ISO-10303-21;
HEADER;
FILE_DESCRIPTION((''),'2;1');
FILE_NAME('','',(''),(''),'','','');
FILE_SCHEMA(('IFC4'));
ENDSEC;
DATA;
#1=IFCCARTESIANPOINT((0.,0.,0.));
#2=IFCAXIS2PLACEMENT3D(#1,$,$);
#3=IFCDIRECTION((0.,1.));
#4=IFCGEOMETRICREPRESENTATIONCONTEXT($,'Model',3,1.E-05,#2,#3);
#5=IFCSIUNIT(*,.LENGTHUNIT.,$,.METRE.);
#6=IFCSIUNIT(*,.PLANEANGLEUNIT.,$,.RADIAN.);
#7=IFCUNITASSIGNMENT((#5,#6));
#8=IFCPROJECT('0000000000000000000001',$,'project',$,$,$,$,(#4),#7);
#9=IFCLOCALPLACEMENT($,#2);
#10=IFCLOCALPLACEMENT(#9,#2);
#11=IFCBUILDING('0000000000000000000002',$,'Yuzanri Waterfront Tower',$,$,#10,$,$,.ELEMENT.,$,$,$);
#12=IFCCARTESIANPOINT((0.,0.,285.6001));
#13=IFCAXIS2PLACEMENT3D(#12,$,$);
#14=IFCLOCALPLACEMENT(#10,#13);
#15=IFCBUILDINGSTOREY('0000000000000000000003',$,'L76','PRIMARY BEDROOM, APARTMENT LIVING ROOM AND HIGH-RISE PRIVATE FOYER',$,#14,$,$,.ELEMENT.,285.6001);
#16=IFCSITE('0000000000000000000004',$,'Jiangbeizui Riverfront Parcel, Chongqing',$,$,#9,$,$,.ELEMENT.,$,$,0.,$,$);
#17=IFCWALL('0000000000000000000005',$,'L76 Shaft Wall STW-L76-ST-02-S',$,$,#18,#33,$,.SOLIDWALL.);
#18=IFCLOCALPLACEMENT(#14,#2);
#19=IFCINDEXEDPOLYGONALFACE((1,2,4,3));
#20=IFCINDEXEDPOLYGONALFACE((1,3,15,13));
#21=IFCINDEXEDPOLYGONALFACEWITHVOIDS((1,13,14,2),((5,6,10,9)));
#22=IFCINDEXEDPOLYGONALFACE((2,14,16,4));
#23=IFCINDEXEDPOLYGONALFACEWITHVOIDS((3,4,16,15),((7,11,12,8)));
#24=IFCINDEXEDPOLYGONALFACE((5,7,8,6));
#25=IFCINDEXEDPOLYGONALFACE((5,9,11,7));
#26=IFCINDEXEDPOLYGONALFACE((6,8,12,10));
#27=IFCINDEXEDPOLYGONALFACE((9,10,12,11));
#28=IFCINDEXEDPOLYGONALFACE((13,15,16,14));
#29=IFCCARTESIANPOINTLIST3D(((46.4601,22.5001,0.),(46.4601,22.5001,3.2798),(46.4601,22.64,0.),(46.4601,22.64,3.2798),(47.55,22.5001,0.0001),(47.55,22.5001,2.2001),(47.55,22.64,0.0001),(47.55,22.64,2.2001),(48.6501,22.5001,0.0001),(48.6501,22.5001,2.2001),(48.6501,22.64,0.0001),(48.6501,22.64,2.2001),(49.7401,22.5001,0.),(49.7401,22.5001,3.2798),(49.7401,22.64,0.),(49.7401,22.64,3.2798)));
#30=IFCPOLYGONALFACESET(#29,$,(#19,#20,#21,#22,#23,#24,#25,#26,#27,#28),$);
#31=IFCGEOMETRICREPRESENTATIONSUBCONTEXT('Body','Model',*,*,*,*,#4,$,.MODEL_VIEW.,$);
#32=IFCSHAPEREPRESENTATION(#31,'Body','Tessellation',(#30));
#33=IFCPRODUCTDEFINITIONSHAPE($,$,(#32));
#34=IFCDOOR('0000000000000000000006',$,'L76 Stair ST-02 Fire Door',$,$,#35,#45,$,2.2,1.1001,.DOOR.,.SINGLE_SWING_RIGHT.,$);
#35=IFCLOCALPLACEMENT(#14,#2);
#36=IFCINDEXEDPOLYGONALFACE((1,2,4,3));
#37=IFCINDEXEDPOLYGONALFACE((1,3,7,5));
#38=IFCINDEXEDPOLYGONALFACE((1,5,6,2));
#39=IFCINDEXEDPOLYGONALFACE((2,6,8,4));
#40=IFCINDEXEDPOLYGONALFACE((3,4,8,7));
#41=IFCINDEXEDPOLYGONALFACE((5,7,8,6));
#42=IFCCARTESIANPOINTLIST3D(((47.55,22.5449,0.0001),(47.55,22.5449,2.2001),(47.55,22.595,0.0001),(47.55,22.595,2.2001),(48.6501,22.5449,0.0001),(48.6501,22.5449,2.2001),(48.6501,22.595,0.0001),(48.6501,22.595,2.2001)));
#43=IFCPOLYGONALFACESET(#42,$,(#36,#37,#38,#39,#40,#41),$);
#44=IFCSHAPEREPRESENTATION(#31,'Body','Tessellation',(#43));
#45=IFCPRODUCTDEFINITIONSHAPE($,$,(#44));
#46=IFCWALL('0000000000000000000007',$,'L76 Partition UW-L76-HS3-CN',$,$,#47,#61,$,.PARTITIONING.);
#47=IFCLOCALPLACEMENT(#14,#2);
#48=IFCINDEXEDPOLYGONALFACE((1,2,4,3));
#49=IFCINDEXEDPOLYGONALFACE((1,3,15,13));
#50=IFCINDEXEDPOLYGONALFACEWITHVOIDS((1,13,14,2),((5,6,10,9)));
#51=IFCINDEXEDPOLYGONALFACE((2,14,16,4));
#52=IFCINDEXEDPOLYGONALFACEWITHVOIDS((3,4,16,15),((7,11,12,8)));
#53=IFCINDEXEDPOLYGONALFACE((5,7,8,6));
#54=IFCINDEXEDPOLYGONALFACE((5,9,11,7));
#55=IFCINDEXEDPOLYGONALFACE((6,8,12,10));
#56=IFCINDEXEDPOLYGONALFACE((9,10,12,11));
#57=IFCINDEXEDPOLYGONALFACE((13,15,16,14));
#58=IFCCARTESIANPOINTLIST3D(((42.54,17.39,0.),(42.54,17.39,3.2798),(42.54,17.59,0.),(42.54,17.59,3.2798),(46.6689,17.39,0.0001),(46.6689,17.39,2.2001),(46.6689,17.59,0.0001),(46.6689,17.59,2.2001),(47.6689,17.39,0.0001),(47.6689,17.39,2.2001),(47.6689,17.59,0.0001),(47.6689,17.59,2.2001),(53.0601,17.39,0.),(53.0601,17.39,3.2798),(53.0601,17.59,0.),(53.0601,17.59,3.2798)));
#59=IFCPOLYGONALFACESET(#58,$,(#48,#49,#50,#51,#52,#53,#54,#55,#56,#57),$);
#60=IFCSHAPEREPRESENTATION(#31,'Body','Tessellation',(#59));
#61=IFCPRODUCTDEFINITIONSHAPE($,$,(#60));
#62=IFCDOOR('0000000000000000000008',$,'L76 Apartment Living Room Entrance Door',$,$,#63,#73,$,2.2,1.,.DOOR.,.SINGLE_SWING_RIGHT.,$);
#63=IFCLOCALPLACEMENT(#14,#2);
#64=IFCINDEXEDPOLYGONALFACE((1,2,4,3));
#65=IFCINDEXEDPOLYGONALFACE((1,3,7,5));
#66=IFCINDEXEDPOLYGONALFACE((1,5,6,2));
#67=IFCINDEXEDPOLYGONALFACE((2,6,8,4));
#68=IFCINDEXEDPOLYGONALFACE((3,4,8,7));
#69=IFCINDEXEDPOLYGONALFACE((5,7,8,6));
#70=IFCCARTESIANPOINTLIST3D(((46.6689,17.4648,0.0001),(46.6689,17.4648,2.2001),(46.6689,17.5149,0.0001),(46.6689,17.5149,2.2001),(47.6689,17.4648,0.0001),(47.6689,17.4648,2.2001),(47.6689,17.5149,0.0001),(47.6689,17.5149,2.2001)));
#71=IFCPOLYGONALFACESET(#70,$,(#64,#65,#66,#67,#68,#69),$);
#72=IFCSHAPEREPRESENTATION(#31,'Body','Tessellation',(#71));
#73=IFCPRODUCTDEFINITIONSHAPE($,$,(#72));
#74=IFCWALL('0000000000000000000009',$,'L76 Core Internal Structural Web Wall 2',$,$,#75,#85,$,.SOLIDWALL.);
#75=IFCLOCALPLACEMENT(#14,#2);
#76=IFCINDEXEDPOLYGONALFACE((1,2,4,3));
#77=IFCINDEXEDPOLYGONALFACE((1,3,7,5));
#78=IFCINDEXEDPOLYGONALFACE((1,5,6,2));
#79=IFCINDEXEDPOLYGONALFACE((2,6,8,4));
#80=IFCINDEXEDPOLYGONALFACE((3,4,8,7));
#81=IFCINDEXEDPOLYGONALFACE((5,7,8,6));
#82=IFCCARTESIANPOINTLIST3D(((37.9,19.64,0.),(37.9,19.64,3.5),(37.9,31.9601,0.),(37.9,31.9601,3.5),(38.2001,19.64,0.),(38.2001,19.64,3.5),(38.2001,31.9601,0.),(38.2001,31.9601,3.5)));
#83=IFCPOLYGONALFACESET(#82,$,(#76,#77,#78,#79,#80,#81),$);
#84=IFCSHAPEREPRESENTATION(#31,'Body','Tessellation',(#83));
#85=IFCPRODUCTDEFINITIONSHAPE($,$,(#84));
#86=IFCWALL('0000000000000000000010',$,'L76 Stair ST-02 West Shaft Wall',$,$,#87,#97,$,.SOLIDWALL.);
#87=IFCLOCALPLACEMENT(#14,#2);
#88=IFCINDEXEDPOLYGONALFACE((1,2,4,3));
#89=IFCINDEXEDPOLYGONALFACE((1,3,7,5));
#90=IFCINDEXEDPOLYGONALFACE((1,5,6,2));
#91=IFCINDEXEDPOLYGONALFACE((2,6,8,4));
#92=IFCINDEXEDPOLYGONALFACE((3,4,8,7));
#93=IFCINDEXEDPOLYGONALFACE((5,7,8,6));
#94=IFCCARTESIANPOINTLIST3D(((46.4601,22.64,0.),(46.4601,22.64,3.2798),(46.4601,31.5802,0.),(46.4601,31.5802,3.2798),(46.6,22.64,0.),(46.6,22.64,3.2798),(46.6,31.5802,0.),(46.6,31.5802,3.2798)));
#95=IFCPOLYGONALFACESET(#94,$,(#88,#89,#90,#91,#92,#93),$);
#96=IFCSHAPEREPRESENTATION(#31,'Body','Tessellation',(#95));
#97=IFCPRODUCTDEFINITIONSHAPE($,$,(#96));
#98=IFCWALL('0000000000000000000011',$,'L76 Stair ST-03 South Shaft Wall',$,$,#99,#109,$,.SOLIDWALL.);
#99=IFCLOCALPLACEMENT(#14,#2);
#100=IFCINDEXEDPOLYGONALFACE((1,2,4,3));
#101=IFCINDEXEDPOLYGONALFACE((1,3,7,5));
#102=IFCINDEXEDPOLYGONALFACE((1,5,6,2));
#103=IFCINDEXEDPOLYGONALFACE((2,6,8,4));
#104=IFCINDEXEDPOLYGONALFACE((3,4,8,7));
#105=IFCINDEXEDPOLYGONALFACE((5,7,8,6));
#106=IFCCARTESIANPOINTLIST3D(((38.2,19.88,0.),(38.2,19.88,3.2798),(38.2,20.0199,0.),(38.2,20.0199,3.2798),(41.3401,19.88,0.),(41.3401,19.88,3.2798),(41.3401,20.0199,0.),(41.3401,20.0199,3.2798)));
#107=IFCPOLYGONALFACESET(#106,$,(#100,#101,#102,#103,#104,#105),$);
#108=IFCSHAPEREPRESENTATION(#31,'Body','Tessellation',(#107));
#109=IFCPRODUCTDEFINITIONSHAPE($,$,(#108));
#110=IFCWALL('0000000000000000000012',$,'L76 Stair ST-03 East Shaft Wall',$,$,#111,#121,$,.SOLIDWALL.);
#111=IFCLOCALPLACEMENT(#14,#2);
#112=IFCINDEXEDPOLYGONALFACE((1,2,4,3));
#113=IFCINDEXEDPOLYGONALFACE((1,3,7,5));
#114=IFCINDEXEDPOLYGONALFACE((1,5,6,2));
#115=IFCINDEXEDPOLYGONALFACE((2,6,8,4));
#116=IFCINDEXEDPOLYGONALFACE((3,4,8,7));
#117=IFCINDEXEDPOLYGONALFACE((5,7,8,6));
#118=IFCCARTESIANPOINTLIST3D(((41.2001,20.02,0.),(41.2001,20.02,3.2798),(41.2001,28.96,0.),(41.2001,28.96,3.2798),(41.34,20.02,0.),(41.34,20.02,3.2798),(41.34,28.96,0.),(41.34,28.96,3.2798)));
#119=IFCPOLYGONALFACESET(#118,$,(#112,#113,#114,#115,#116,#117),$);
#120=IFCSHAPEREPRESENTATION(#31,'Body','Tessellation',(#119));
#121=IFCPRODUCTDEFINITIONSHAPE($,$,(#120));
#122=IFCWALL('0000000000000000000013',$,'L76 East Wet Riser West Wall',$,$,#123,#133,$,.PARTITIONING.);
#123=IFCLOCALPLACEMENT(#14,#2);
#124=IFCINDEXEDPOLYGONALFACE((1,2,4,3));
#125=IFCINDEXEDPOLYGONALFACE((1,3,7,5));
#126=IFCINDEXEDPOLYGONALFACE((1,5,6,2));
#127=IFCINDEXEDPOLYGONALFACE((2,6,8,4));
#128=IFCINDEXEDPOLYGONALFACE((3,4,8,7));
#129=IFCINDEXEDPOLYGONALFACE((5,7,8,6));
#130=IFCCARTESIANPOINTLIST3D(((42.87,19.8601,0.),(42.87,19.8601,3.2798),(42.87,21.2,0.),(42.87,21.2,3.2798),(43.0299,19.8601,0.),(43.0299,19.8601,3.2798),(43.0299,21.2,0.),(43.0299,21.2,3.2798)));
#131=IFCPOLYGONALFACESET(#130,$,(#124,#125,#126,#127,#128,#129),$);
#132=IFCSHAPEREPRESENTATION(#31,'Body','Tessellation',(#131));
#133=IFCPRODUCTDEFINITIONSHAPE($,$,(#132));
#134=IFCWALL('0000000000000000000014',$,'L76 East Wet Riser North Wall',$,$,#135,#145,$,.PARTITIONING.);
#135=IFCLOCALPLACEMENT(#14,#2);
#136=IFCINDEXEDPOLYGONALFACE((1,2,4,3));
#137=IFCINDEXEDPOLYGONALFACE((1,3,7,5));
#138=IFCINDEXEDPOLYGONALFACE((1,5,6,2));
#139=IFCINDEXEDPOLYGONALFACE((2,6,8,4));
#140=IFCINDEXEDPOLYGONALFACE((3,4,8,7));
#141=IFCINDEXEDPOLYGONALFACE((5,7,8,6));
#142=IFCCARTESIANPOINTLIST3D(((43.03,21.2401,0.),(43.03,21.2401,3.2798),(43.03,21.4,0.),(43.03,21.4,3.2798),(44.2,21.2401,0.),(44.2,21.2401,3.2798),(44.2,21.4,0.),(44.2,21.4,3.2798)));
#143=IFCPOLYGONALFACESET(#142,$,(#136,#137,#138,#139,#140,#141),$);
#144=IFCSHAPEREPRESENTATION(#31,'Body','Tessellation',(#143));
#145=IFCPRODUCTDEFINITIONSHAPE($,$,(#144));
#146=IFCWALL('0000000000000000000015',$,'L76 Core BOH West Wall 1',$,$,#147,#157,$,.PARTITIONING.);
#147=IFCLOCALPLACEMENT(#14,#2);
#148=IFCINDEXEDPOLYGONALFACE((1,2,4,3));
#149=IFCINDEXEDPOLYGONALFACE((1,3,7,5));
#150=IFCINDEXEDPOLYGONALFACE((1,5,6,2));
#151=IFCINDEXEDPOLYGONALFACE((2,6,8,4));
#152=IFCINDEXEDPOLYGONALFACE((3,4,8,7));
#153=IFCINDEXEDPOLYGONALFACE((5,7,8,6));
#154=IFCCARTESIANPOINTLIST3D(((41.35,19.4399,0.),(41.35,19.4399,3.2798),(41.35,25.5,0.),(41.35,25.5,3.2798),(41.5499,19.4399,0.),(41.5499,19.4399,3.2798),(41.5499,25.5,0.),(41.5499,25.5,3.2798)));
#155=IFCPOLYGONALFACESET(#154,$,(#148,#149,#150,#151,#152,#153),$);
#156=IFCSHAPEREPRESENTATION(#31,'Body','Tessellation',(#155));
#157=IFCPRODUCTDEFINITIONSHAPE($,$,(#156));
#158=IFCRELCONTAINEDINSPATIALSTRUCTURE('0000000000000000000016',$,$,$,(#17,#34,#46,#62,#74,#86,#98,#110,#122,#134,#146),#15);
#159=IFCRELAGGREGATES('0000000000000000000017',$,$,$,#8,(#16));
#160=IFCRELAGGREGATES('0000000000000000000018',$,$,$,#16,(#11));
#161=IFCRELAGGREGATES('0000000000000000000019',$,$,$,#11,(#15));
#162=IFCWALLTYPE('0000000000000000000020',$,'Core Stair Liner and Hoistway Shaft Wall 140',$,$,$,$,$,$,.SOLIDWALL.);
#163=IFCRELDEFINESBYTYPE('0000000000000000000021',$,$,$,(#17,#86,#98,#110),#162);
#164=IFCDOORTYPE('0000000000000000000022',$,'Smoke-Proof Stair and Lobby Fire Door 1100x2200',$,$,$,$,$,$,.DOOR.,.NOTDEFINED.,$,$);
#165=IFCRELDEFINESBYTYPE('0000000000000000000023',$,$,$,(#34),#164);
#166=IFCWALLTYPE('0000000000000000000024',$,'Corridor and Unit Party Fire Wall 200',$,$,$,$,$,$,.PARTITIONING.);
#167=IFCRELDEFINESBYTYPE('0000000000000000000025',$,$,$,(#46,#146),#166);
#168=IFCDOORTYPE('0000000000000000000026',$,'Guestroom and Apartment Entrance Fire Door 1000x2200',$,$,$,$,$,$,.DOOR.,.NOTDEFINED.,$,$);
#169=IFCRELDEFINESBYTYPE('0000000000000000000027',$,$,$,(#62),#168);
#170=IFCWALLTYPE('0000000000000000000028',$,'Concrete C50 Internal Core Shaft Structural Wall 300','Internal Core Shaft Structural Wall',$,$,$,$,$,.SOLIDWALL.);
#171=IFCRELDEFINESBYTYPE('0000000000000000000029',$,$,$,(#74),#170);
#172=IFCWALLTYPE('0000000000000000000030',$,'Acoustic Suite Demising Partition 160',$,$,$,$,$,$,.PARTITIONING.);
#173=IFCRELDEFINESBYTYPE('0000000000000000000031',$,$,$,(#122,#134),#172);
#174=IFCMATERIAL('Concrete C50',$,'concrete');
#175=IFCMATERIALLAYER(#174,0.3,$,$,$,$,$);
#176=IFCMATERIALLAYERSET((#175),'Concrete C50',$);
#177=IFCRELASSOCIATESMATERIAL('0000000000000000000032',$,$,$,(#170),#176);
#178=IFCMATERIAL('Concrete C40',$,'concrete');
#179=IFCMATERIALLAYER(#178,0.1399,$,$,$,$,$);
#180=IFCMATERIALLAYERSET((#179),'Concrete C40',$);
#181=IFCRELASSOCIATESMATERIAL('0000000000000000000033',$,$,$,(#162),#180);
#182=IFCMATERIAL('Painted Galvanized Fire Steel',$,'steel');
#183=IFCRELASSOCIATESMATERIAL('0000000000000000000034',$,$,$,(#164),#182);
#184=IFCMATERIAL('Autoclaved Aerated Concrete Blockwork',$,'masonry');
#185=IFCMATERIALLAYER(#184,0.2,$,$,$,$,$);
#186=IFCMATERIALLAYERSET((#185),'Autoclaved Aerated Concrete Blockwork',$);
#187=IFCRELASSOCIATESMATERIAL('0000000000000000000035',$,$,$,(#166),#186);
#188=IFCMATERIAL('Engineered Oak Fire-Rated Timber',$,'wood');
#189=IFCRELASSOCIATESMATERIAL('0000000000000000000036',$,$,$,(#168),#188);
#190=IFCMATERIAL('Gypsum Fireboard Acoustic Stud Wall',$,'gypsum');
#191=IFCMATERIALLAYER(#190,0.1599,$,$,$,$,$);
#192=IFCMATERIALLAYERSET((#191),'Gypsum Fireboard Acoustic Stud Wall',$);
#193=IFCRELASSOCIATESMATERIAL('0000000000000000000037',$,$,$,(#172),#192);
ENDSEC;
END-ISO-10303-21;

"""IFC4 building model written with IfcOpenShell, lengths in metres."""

from ifc_helpers import new_model, si_unit, direction, frame, frame_2d, origin, place, context, subcontext, project, spatial, rectangle, extrude, source, transform, mapped, material, layer, layer_set, type_object, element, fill, save


model = new_model("IFC4")

# Units and contexts
model_context = context("Model", 3, precision=1e-05, world=origin(), true_north=direction((0.0, 1.0)))
body_context = subcontext(model_context, "Body", "Model", "MODEL_VIEW")
ifc_project = project(units=[si_unit("LENGTHUNIT", "METRE"), si_unit("PLANEANGLEUNIT", "RADIAN")], contexts=[model_context])

# Site, building, storey
site_placement = place(None, origin())
site = spatial("IfcSite", under=ifc_project, at=site_placement, Name="Jiangbeizui Riverfront Parcel, Chongqing", CompositionType="ELEMENT", RefElevation=0.0)
building_placement = place(site_placement, origin())
building = spatial("IfcBuilding", under=site, at=building_placement, Name="Yuzanri Waterfront Tower", CompositionType="ELEMENT")
storey_placement = place(building_placement, frame((0.0, 0.0, 285.6001)))
storey = spatial("IfcBuildingStorey", under=building, at=storey_placement, Name="L76", Description="PRIMARY BEDROOM, APARTMENT LIVING ROOM AND HIGH-RISE PRIVATE FOYER", CompositionType="ELEMENT", Elevation=285.6001)

# Shared definitions
ifc_material_1 = material(Name="Concrete C50", Category="concrete")
ifc_layer_1 = layer(ifc_material_1, 0.3)
ifc_layer_set_1 = layer_set([ifc_layer_1], Name="Concrete C50")
wall_type_1 = type_object("IfcWallType", Name="Concrete C50 Internal Core Shaft Structural Wall 300", Description="Internal Core Shaft Structural Wall", PredefinedType="SOLIDWALL", material=ifc_layer_set_1)

# Walls, openings, doors
ifc_material_2 = material(Name="Concrete C40", Category="concrete")
ifc_layer_2 = layer(ifc_material_2, 0.1399)
ifc_layer_set_2 = layer_set([ifc_layer_2], Name="Concrete C40")
wall_type_2 = type_object("IfcWallType", Name="Core Stair Liner and Hoistway Shaft Wall 140", PredefinedType="SOLIDWALL", material=ifc_layer_set_2)
wall_1_placement = place(storey_placement, frame((46.46, 22.5701, 0.0), z_axis=(0.0, 0.0, 1.0), x_axis=(1.0, 0.0, 0.0)))
wall_1 = element("IfcWall", 1, at=wall_1_placement, inside=storey, type_object=wall_type_2, Name="L76 Shaft Wall STW-L76-ST-02-S", PredefinedType="SOLIDWALL", context=body_context, shape_type="SweptSolid", body=[
    extrude(rectangle(XDim=3.28, YDim=0.1399, at=frame_2d((1.6401, 0.0))), origin(), (0.0, 0.0, 1.0), 3.2798),
])
opening_1_placement = place(wall_1_placement, frame((1.0901, 0.0, 0.0)))
opening_1 = element("IfcOpeningElement", 2, at=opening_1_placement, cuts=wall_1, PredefinedType="OPENING", context=body_context, shape_type="SweptSolid", body=[
    extrude(rectangle(XDim=1.1001, YDim=2.2, at=frame_2d((0.55, 1.1001))), frame((0.0, 0.085, 0.0), z_axis=(0.0, -1.0, 0.0), x_axis=(1.0, 0.0, 0.0)), (0.0, 0.0, 1.0), 0.1697),
])
ifc_material_3 = material(Name="Painted Galvanized Fire Steel", Category="steel")
door_type_1 = type_object("IfcDoorType", Name="Smoke-Proof Stair and Lobby Fire Door 1100x2200", OperationType="NOTDEFINED", PredefinedType="DOOR", material=ifc_material_3)
shared_shape_1 = source(origin(), body_context, "Body", "SweptSolid", [
    extrude(rectangle(XDim=1.1001, YDim=2.2, at=frame_2d((0.55, 1.1001))), frame((0.0, 0.0249, 0.0), z_axis=(0.0, -1.0, 0.0), x_axis=(1.0, 0.0, 0.0)), (0.0, 0.0, 1.0), 0.05),
])
door_1_placement = place(opening_1_placement, origin())
door_1 = element("IfcDoor", 3, at=door_1_placement, inside=storey, type_object=door_type_1, Name="L76 Stair ST-02 Fire Door", OperationType="SINGLE_SWING_RIGHT", OverallHeight=2.2, OverallWidth=1.1001, PredefinedType="DOOR", context=body_context, shape_type="MappedRepresentation", body=[
    mapped(shared_shape_1, transform((0.0, 0.0, 0.0), scale=1.0)),
])
fill(opening_1, door_1)
ifc_material_4 = material(Name="Autoclaved Aerated Concrete Blockwork", Category="masonry")
ifc_layer_3 = layer(ifc_material_4, 0.2)
ifc_layer_set_3 = layer_set([ifc_layer_3], Name="Autoclaved Aerated Concrete Blockwork")
wall_type_3 = type_object("IfcWallType", Name="Corridor and Unit Party Fire Wall 200", PredefinedType="PARTITIONING", material=ifc_layer_set_3)
wall_2_placement = place(storey_placement, frame((42.54, 17.49, 0.0), z_axis=(0.0, 0.0, 1.0), x_axis=(1.0, 0.0, 0.0)))
wall_2 = element("IfcWall", 4, at=wall_2_placement, inside=storey, type_object=wall_type_3, Name="L76 Partition UW-L76-HS3-CN", PredefinedType="PARTITIONING", context=body_context, shape_type="SweptSolid", body=[
    extrude(rectangle(XDim=10.52, YDim=0.2, at=frame_2d((5.26, 0.0))), origin(), (0.0, 0.0, 1.0), 3.2798),
])
opening_2_placement = place(wall_2_placement, frame((4.1289, 0.0, 0.0)))
opening_2 = element("IfcOpeningElement", 5, at=opening_2_placement, cuts=wall_2, PredefinedType="OPENING", context=body_context, shape_type="SweptSolid", body=[
    extrude(rectangle(XDim=1.0, YDim=2.2, at=frame_2d((0.5, 1.1001))), frame((0.0, 0.1147, 0.0), z_axis=(0.0, -1.0, 0.0), x_axis=(1.0, 0.0, 0.0)), (0.0, 0.0, 1.0), 0.2297),
])
ifc_material_5 = material(Name="Engineered Oak Fire-Rated Timber", Category="wood")
door_type_2 = type_object("IfcDoorType", Name="Guestroom and Apartment Entrance Fire Door 1000x2200", OperationType="NOTDEFINED", PredefinedType="DOOR", material=ifc_material_5)
shared_shape_2 = source(origin(), body_context, "Body", "SweptSolid", [
    extrude(rectangle(XDim=1.0, YDim=2.2, at=frame_2d((0.5, 1.1001))), frame((0.0, 0.0249, 0.0), z_axis=(0.0, -1.0, 0.0), x_axis=(1.0, 0.0, 0.0)), (0.0, 0.0, 1.0), 0.05),
])
door_2_placement = place(opening_2_placement, origin())
door_2 = element("IfcDoor", 6, at=door_2_placement, inside=storey, type_object=door_type_2, Name="L76 Apartment Living Room Entrance Door", OperationType="SINGLE_SWING_RIGHT", OverallHeight=2.2, OverallWidth=1.0, PredefinedType="DOOR", context=body_context, shape_type="MappedRepresentation", body=[
    mapped(shared_shape_2, transform((0.0, 0.0, 0.0), scale=1.0)),
])
fill(opening_2, door_2)

# Walls
shared_shape_3 = source(origin(), body_context, "Body", "SweptSolid", [
    extrude(rectangle(XDim=12.3201, YDim=0.3, at=frame_2d((6.1602, 0.0))), origin(), (0.0, 0.0, 1.0), 3.5),
])
wall_3_placement = place(storey_placement, frame((38.05, 19.6399, 0.0), z_axis=(0.0, 0.0, 1.0), x_axis=(0.0, 1.0, 0.0)))
element("IfcWall", 7, at=wall_3_placement, inside=storey, type_object=wall_type_1, Name="L76 Core Internal Structural Web Wall 2", PredefinedType="SOLIDWALL", context=body_context, shape_type="MappedRepresentation", body=[
    mapped(shared_shape_3, transform((0.0, 0.0, 0.0), scale=1.0)),
])
shared_shape_4 = source(origin(), body_context, "Body", "SweptSolid", [
    extrude(rectangle(XDim=8.9402, YDim=0.1399, at=frame_2d((4.4702, 0.0))), origin(), (0.0, 0.0, 1.0), 3.2798),
])
wall_4_placement = place(storey_placement, frame((46.53, 22.6399, 0.0), z_axis=(0.0, 0.0, 1.0), x_axis=(0.0, 1.0, 0.0)))
element("IfcWall", 8, at=wall_4_placement, inside=storey, type_object=wall_type_2, Name="L76 Stair ST-02 West Shaft Wall", PredefinedType="SOLIDWALL", context=body_context, shape_type="MappedRepresentation", body=[
    mapped(shared_shape_4, transform((0.0, 0.0, 0.0), scale=1.0)),
])
shared_shape_5 = source(origin(), body_context, "Body", "SweptSolid", [
    extrude(rectangle(XDim=3.1401, YDim=0.1399, at=frame_2d((1.5701, 0.0))), origin(), (0.0, 0.0, 1.0), 3.2798),
])
wall_5_placement = place(storey_placement, frame((38.2, 19.95, 0.0), z_axis=(0.0, 0.0, 1.0), x_axis=(1.0, 0.0, 0.0)))
element("IfcWall", 9, at=wall_5_placement, inside=storey, type_object=wall_type_2, Name="L76 Stair ST-03 South Shaft Wall", PredefinedType="SOLIDWALL", context=body_context, shape_type="MappedRepresentation", body=[
    mapped(shared_shape_5, transform((0.0, 0.0, 0.0), scale=1.0)),
])
shared_shape_6 = source(origin(), body_context, "Body", "SweptSolid", [
    extrude(rectangle(XDim=8.9399, YDim=0.1399, at=frame_2d((4.47, 0.0))), origin(), (0.0, 0.0, 1.0), 3.2798),
])
wall_6_placement = place(storey_placement, frame((41.27, 20.02, 0.0), z_axis=(0.0, 0.0, 1.0), x_axis=(0.0, 1.0, 0.0)))
element("IfcWall", 10, at=wall_6_placement, inside=storey, type_object=wall_type_2, Name="L76 Stair ST-03 East Shaft Wall", PredefinedType="SOLIDWALL", context=body_context, shape_type="MappedRepresentation", body=[
    mapped(shared_shape_6, transform((0.0, 0.0, 0.0), scale=1.0)),
])
ifc_material_6 = material(Name="Gypsum Fireboard Acoustic Stud Wall", Category="gypsum")
ifc_layer_4 = layer(ifc_material_6, 0.1599)
ifc_layer_set_4 = layer_set([ifc_layer_4], Name="Gypsum Fireboard Acoustic Stud Wall")
wall_type_4 = type_object("IfcWallType", Name="Acoustic Suite Demising Partition 160", PredefinedType="PARTITIONING", material=ifc_layer_set_4)
shared_shape_7 = source(origin(), body_context, "Body", "SweptSolid", [
    extrude(rectangle(XDim=1.3398, YDim=0.1599, at=frame_2d((0.6699, 0.0))), origin(), (0.0, 0.0, 1.0), 3.2798),
])
wall_7_placement = place(storey_placement, frame((42.95, 19.8601, 0.0), z_axis=(0.0, 0.0, 1.0), x_axis=(0.0, 1.0, 0.0)))
element("IfcWall", 11, at=wall_7_placement, inside=storey, type_object=wall_type_4, Name="L76 East Wet Riser West Wall", PredefinedType="PARTITIONING", context=body_context, shape_type="MappedRepresentation", body=[
    mapped(shared_shape_7, transform((0.0, 0.0, 0.0), scale=1.0)),
])
shared_shape_8 = source(origin(), body_context, "Body", "SweptSolid", [
    extrude(rectangle(XDim=1.1699, YDim=0.1599, at=frame_2d((0.585, 0.0))), origin(), (0.0, 0.0, 1.0), 3.2798),
])
wall_8_placement = place(storey_placement, frame((43.03, 21.3201, 0.0), z_axis=(0.0, 0.0, 1.0), x_axis=(1.0, 0.0, 0.0)))
element("IfcWall", 12, at=wall_8_placement, inside=storey, type_object=wall_type_4, Name="L76 East Wet Riser North Wall", PredefinedType="PARTITIONING", context=body_context, shape_type="MappedRepresentation", body=[
    mapped(shared_shape_8, transform((0.0, 0.0, 0.0), scale=1.0)),
])
shared_shape_9 = source(origin(), body_context, "Body", "SweptSolid", [
    extrude(rectangle(XDim=6.0601, YDim=0.2, at=frame_2d((3.03, 0.0))), origin(), (0.0, 0.0, 1.0), 3.2798),
])
wall_9_placement = place(storey_placement, frame((41.45, 19.4399, 0.0), z_axis=(0.0, 0.0, 1.0), x_axis=(0.0, 1.0, 0.0)))
element("IfcWall", 13, at=wall_9_placement, inside=storey, type_object=wall_type_3, Name="L76 Core BOH West Wall 1", PredefinedType="PARTITIONING", context=body_context, shape_type="MappedRepresentation", body=[
    mapped(shared_shape_9, transform((0.0, 0.0, 0.0), scale=1.0)),
])

save(model, "model.ifc")
